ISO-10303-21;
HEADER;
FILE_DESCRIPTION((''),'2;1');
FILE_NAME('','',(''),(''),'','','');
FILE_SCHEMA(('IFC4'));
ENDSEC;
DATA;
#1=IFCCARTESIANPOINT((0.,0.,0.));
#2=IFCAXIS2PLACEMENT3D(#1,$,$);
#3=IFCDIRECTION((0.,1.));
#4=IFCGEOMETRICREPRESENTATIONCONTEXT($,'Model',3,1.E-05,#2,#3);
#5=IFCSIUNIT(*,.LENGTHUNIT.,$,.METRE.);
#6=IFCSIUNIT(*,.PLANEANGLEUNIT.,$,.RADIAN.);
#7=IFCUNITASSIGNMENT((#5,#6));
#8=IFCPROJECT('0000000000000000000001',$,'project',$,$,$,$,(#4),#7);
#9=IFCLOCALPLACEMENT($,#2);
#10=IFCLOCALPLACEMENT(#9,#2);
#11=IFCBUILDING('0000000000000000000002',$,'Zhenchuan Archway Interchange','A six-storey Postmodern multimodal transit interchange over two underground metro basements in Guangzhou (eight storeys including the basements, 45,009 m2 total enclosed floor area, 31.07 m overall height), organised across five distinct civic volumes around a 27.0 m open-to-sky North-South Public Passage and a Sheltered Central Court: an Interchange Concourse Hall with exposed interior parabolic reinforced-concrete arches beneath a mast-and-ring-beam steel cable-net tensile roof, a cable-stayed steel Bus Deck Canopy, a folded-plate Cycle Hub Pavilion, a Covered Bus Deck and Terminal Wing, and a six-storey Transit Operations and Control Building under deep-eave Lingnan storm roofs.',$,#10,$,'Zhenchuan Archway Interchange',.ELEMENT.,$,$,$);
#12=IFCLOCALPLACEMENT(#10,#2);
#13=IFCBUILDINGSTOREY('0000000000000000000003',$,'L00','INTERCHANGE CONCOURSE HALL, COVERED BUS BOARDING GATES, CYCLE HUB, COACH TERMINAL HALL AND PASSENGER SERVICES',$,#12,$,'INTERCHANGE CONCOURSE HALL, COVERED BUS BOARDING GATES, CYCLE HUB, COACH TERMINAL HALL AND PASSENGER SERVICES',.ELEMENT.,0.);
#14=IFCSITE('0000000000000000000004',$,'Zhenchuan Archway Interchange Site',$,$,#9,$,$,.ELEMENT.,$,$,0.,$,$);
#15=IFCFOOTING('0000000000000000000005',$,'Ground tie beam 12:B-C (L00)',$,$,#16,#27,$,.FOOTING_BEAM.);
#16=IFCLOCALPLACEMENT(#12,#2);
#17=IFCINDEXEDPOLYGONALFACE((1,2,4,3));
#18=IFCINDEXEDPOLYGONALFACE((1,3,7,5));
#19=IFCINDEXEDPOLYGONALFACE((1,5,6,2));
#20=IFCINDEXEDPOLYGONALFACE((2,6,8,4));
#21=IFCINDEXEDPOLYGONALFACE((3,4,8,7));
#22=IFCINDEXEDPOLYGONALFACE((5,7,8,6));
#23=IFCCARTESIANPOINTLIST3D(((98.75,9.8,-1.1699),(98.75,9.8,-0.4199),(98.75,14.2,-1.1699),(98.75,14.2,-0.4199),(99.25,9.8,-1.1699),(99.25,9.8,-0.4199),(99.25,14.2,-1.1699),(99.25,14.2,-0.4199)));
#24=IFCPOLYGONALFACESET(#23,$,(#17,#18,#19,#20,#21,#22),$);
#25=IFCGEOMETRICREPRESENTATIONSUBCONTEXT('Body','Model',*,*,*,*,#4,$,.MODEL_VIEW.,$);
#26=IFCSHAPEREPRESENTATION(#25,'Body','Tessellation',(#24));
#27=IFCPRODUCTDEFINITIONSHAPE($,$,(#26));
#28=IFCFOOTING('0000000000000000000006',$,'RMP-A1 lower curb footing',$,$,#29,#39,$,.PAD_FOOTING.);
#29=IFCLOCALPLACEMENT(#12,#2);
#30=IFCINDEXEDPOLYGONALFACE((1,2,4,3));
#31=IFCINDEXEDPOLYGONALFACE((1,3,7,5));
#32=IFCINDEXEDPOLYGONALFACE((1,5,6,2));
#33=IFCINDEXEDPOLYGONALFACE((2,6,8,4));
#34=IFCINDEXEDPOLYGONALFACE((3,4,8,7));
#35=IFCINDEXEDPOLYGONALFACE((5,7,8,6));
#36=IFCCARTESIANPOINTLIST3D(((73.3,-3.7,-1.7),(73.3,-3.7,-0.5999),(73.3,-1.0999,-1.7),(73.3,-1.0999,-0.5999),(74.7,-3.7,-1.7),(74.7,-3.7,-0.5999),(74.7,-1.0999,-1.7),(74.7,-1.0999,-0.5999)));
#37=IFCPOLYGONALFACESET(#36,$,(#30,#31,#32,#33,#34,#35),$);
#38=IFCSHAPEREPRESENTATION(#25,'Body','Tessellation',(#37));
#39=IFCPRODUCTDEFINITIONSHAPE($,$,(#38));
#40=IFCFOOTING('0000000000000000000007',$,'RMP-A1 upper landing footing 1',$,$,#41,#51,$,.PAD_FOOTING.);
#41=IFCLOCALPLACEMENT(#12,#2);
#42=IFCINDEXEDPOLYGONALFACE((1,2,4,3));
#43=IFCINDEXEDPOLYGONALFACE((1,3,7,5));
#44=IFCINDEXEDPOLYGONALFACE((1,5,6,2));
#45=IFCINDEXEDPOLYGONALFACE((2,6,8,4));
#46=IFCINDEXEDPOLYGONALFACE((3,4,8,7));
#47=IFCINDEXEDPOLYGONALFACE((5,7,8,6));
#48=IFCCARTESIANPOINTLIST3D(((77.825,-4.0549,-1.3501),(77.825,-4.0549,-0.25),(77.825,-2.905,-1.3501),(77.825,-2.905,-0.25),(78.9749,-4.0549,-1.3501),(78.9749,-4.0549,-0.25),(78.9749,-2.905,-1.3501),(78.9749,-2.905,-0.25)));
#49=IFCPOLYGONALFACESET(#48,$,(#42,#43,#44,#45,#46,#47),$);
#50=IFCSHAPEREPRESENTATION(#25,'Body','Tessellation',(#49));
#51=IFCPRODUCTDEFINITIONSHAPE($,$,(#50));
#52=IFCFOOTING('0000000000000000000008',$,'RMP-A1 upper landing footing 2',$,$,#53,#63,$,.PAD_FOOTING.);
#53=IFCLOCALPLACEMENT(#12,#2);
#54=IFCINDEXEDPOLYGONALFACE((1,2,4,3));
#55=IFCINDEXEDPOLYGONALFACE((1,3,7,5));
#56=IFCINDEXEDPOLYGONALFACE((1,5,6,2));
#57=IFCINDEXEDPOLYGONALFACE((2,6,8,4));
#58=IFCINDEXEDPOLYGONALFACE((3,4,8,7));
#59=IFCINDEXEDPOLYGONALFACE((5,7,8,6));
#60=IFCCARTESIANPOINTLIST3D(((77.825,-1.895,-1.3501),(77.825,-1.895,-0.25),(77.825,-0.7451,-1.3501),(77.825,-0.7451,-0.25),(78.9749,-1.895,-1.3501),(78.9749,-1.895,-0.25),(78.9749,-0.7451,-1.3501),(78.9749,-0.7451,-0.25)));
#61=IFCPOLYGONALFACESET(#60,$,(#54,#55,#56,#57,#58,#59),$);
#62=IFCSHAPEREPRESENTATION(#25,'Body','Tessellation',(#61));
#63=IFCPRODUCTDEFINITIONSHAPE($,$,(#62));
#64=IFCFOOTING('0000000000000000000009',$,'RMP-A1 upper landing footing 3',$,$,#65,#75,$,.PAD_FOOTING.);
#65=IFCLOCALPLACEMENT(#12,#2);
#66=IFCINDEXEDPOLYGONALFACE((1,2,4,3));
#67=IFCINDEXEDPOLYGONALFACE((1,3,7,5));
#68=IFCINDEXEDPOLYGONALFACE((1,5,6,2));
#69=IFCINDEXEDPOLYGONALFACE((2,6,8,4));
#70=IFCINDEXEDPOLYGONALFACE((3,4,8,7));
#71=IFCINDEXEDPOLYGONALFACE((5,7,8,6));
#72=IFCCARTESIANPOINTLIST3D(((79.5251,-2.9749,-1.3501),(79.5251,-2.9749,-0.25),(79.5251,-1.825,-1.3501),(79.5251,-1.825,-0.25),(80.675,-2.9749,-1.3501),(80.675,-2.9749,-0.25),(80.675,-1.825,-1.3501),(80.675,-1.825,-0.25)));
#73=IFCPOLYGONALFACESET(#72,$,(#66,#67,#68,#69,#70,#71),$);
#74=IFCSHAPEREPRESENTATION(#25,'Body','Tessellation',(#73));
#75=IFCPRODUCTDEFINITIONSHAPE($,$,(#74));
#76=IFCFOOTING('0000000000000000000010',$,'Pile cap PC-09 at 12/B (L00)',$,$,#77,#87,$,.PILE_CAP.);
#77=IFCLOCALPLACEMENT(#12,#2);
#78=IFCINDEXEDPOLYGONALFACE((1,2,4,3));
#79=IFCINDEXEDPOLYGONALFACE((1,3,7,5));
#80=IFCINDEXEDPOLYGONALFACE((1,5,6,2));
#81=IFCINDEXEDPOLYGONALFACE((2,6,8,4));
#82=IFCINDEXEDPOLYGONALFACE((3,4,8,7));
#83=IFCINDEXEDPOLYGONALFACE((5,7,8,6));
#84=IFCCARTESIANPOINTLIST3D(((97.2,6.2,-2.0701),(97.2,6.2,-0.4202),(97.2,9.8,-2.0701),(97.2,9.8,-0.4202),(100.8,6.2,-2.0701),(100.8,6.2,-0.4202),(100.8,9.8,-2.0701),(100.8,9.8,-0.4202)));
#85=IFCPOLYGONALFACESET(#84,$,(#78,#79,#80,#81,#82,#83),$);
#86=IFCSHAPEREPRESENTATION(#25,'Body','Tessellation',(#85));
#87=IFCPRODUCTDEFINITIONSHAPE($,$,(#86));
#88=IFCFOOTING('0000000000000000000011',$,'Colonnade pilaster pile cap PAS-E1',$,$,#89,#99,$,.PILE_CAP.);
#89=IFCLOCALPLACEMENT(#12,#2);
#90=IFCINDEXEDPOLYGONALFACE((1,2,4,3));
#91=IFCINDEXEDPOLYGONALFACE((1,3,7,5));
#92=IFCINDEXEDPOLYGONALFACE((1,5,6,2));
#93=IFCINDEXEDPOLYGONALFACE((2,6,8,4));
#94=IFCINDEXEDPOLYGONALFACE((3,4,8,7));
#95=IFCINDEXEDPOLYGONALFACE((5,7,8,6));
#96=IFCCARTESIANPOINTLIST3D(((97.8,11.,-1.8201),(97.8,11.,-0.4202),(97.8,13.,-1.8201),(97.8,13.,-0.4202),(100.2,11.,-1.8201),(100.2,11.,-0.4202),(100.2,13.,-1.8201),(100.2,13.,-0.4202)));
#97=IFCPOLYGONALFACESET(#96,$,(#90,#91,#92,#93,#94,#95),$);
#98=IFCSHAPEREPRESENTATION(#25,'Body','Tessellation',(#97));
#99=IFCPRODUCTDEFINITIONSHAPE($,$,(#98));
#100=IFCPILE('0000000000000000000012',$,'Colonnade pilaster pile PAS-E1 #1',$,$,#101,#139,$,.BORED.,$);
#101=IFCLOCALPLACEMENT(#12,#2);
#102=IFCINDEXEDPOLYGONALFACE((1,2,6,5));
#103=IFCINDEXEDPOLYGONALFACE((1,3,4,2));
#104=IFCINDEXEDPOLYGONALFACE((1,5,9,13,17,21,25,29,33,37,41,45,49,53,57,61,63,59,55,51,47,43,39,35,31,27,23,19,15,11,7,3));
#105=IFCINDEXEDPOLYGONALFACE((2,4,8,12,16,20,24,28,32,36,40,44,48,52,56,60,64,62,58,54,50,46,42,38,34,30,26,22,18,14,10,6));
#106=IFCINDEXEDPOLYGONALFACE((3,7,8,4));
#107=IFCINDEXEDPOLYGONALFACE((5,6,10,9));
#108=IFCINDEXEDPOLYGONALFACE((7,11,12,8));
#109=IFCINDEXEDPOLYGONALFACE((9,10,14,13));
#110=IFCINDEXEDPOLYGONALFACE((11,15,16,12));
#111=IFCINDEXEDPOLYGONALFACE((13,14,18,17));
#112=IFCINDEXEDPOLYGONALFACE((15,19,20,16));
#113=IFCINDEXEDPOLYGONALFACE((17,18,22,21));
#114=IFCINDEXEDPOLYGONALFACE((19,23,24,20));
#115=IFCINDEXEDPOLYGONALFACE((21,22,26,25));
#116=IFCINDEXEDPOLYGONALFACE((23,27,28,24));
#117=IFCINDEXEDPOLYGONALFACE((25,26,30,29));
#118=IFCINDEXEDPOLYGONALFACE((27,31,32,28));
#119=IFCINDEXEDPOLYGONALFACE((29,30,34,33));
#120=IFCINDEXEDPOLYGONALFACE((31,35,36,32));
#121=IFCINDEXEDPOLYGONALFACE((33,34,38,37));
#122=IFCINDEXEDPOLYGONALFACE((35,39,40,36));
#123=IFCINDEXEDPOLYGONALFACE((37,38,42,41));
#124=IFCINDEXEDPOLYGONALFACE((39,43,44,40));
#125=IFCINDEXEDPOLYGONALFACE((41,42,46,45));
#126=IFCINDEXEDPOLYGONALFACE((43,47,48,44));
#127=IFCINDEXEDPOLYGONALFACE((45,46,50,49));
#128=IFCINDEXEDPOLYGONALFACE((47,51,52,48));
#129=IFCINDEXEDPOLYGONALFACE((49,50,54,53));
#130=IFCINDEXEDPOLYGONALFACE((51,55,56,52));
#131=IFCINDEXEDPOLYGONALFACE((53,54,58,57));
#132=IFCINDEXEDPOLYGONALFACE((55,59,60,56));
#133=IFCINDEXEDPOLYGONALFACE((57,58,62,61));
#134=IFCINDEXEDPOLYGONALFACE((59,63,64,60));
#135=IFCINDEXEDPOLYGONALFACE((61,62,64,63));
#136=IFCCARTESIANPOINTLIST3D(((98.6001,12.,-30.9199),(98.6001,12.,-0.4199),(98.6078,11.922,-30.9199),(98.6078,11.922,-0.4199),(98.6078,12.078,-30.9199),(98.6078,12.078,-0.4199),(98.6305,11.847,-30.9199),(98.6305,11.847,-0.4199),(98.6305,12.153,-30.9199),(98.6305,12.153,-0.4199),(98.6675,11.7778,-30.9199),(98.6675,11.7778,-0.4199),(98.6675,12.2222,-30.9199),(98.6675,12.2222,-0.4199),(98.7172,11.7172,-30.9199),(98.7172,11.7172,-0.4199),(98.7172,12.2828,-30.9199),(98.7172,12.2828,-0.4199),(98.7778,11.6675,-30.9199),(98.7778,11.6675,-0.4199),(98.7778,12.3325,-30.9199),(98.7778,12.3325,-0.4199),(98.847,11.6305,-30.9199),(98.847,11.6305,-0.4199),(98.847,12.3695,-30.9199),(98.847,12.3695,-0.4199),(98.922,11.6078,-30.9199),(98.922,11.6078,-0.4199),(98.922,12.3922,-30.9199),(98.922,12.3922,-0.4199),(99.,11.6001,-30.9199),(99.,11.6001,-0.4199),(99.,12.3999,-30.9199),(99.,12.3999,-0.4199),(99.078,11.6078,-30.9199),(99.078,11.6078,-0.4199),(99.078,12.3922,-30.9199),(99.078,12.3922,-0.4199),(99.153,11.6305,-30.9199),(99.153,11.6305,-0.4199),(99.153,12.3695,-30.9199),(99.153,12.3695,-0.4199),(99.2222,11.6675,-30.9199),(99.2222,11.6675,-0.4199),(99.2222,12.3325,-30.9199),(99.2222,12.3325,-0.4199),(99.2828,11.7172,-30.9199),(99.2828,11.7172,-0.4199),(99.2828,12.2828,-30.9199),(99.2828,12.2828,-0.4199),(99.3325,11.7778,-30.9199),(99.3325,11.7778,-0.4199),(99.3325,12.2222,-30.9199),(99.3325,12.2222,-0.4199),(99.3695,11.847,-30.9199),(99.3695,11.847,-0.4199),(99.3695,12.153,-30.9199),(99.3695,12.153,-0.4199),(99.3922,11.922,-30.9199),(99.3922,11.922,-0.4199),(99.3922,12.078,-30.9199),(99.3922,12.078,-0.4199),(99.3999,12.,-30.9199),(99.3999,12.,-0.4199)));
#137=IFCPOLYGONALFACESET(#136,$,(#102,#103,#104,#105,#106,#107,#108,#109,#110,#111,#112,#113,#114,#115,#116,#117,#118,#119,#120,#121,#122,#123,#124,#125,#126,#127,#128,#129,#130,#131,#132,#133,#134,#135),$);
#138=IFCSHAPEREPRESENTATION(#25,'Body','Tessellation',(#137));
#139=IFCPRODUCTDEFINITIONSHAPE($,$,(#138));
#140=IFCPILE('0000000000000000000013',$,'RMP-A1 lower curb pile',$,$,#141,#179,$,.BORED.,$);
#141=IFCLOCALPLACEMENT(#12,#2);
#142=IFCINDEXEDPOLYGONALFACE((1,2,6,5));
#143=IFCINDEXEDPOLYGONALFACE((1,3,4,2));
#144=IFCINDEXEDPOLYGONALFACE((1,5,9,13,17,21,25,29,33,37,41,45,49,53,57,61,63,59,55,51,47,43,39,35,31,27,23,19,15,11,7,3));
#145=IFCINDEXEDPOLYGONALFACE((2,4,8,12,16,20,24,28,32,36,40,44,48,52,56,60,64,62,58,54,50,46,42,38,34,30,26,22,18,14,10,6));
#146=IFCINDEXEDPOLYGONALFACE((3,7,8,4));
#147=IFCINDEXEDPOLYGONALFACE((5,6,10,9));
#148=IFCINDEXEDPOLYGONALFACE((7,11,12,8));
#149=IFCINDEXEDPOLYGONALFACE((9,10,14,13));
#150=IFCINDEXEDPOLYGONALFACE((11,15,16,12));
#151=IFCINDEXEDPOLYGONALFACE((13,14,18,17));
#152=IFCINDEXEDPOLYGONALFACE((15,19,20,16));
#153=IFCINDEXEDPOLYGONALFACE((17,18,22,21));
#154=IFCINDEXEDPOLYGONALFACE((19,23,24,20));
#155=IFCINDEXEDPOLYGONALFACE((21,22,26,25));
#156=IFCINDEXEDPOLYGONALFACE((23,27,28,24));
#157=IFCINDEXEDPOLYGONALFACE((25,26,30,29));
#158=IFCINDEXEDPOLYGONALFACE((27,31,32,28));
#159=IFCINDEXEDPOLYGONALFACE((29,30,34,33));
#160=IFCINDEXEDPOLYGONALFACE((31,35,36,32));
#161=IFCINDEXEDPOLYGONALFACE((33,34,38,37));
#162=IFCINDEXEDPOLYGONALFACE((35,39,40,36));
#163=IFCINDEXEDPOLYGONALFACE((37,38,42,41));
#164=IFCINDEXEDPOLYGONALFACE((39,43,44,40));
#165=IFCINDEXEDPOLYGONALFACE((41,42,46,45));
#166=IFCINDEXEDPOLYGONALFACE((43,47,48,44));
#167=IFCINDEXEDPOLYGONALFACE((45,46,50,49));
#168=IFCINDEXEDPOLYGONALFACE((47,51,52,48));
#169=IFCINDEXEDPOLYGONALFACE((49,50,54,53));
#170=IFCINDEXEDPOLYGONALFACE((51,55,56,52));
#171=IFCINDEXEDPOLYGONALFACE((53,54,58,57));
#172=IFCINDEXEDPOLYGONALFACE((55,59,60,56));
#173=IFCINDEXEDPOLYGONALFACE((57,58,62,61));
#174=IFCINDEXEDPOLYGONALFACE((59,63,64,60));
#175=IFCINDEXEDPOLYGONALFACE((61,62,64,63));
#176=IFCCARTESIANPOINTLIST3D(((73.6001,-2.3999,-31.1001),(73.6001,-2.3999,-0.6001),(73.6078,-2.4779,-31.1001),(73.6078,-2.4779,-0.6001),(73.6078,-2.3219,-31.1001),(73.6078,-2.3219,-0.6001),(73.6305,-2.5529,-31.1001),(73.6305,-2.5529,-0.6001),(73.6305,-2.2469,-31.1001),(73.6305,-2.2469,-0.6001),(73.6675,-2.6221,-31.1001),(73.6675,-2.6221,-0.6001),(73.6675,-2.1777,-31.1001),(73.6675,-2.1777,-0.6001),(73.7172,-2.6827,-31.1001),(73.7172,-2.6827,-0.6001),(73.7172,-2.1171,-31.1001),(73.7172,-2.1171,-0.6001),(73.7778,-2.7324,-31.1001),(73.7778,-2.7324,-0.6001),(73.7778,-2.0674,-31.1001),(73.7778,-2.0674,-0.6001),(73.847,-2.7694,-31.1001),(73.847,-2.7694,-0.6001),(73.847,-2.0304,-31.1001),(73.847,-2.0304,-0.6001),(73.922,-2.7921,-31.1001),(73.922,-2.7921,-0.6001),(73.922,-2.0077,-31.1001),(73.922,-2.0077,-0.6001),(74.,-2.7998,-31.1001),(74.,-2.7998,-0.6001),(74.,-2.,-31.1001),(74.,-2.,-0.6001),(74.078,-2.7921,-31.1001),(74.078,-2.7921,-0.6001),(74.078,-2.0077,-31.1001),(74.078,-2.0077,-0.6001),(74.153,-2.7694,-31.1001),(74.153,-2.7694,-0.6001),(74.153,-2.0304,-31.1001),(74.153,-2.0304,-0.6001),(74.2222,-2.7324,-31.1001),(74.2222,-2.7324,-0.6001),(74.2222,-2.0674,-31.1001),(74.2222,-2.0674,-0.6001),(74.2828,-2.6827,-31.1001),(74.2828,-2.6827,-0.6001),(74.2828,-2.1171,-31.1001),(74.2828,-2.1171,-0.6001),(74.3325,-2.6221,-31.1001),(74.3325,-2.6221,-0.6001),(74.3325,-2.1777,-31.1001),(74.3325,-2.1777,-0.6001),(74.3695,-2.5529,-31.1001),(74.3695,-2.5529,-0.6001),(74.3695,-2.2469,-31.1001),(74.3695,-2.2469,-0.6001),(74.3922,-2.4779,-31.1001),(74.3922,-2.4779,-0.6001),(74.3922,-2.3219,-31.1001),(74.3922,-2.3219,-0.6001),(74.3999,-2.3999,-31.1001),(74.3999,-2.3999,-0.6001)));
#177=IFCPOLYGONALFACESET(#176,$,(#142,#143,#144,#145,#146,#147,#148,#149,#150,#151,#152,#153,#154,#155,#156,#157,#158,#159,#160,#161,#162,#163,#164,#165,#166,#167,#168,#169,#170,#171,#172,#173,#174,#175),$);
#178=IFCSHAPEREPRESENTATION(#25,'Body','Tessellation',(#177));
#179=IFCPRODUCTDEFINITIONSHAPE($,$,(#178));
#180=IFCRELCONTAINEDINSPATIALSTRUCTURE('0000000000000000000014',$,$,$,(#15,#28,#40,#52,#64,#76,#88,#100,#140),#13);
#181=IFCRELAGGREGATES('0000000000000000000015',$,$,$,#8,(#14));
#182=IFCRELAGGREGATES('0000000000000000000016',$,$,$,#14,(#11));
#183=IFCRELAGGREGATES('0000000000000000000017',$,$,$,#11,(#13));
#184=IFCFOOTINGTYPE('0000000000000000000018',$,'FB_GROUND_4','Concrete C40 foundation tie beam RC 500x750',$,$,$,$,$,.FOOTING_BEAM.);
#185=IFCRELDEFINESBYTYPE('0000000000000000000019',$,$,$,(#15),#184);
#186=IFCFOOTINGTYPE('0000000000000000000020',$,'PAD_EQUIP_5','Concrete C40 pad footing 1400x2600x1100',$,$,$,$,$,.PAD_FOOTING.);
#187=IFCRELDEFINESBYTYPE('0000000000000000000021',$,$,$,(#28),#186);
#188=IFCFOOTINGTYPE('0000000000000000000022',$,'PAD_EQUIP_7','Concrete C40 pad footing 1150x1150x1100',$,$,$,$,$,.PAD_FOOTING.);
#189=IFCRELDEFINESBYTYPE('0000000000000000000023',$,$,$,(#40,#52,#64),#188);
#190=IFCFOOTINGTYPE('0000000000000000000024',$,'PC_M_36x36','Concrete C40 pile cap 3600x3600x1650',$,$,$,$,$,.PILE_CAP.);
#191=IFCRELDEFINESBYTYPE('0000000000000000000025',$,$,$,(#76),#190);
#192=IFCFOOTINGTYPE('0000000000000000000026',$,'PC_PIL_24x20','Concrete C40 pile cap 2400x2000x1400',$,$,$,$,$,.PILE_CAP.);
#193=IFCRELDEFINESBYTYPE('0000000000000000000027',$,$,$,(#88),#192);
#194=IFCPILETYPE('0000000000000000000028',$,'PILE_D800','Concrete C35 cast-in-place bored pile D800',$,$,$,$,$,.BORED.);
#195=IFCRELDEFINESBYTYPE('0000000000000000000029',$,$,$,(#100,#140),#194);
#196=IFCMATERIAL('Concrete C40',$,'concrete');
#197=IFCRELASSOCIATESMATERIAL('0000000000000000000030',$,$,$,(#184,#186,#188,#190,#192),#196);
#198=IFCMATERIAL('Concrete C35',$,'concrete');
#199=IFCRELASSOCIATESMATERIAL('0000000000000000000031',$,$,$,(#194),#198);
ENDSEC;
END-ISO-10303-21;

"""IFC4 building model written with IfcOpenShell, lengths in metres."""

from ifc_helpers import new_model, si_unit, direction, frame, origin, origin_2d, place, context, subcontext, project, spatial, rectangle, circle, extrude, material, material_profile, profile_set, type_object, element, save


model = new_model("IFC4")

# Units and contexts
model_context = context("Model", 3, precision=1e-05, world=origin(), true_north=direction((0.0, 1.0)))
body_context = subcontext(model_context, "Body", "Model", "MODEL_VIEW")
ifc_project = project(units=[si_unit("LENGTHUNIT", "METRE"), si_unit("PLANEANGLEUNIT", "RADIAN")], contexts=[model_context])

# Site, building, storey
site_placement = place(None, origin())
site = spatial("IfcSite", under=ifc_project, at=site_placement, Name="Zhenchuan Archway Interchange Site", CompositionType="ELEMENT", RefElevation=0.0)
building_placement = place(site_placement, origin())
building = spatial("IfcBuilding", under=site, at=building_placement, Name="Zhenchuan Archway Interchange", Description="A six-storey Postmodern multimodal transit interchange over two underground metro basements in Guangzhou (eight storeys including the basements, 45,009 m2 total enclosed floor area, 31.07 m overall height), organised across five distinct civic volumes around a 27.0 m open-to-sky North-South Public Passage and a Sheltered Central Court: an Interchange Concourse Hall with exposed interior parabolic reinforced-concrete arches beneath a mast-and-ring-beam steel cable-net tensile roof, a cable-stayed steel Bus Deck Canopy, a folded-plate Cycle Hub Pavilion, a Covered Bus Deck and Terminal Wing, and a six-storey Transit Operations and Control Building under deep-eave Lingnan storm roofs.", LongName="Zhenchuan Archway Interchange", CompositionType="ELEMENT")
storey_placement = place(building_placement, origin())
storey = spatial("IfcBuildingStorey", under=building, at=storey_placement, Name="L00", Description="INTERCHANGE CONCOURSE HALL, COVERED BUS BOARDING GATES, CYCLE HUB, COACH TERMINAL HALL AND PASSENGER SERVICES", LongName="INTERCHANGE CONCOURSE HALL, COVERED BUS BOARDING GATES, CYCLE HUB, COACH TERMINAL HALL AND PASSENGER SERVICES", CompositionType="ELEMENT", Elevation=0.0)

# Footings
ifc_material_1 = material(Name="Concrete C40", Category="concrete")
ifc_material_profile_1 = material_profile(ifc_material_1, rectangle(XDim=0.5, YDim=0.75, at=origin_2d()), Name="RC 500x750")
ifc_profile_set_1 = profile_set([ifc_material_profile_1], Name="Concrete C40")
footing_type_1 = type_object("IfcFootingType", Name="FB_GROUND_4", Description="Concrete C40 foundation tie beam RC 500x750", PredefinedType="FOOTING_BEAM", material=ifc_profile_set_1)
footing_1_placement = place(storey_placement, frame((99.0, 9.8, -0.7949), z_axis=(0.0, 1.0, 0.0), x_axis=(-1.0, 0.0, 0.0)))
element("IfcFooting", 1, at=footing_1_placement, inside=storey, type_object=footing_type_1, Name="Ground tie beam 12:B-C (L00)", PredefinedType="FOOTING_BEAM", context=body_context, shape_type="SweptSolid", body=[
    extrude(rectangle(XDim=0.5, YDim=0.75, at=origin_2d()), origin(), (0.0, 0.0, 1.0), 4.3999),
])
footing_type_2 = type_object("IfcFootingType", Name="PAD_EQUIP_5", Description="Concrete C40 pad footing 1400x2600x1100", PredefinedType="PAD_FOOTING", material=ifc_material_1)
footing_2_placement = place(storey_placement, frame((74.0, -2.3999, -1.7), z_axis=(0.0, 0.0, 1.0), x_axis=(1.0, 0.0, 0.0)))
element("IfcFooting", 2, at=footing_2_placement, inside=storey, type_object=footing_type_2, Name="RMP-A1 lower curb footing", PredefinedType="PAD_FOOTING", context=body_context, shape_type="SweptSolid", body=[
    extrude(rectangle(XDim=1.3999, YDim=2.6001, at=origin_2d()), origin(), (0.0, 0.0, 1.0), 1.1001),
])
footing_type_3 = type_object("IfcFootingType", Name="PAD_EQUIP_7", Description="Concrete C40 pad footing 1150x1150x1100", PredefinedType="PAD_FOOTING", material=ifc_material_1)
for number, where, z_axis, x_axis, name in (
    (3, (78.3999, -3.48, -1.3501), (0.0, 0.0, 1.0), (1.0, 0.0, 0.0), "RMP-A1 upper landing footing 1"),
    (4, (78.3999, -1.3201, -1.3501), (0.0, 0.0, 1.0), (1.0, 0.0, 0.0), "RMP-A1 upper landing footing 2"),
    (5, (80.1001, -2.3999, -1.3501), (0.0, 0.0, 1.0), (1.0, 0.0, 0.0), "RMP-A1 upper landing footing 3"),
):
    element("IfcFooting", number, at=place(storey_placement, frame(where, z_axis=z_axis, x_axis=x_axis)), inside=storey, type_object=footing_type_3, Name=name, PredefinedType="PAD_FOOTING", context=body_context, shape_type="SweptSolid", body=[
        extrude(rectangle(XDim=1.1499, YDim=1.1499, at=origin_2d()), origin(), (0.0, 0.0, 1.0), 1.1001),
    ])
footing_type_4 = type_object("IfcFootingType", Name="PC_M_36x36", Description="Concrete C40 pile cap 3600x3600x1650", PredefinedType="PILE_CAP", material=ifc_material_1)
footing_3_placement = place(storey_placement, frame((99.0, 8.0, -2.0701), z_axis=(0.0, 0.0, 1.0), x_axis=(1.0, 0.0, 0.0)))
element("IfcFooting", 6, at=footing_3_placement, inside=storey, type_object=footing_type_4, Name="Pile cap PC-09 at 12/B (L00)", PredefinedType="PILE_CAP", context=body_context, shape_type="SweptSolid", body=[
    extrude(rectangle(XDim=3.6001, YDim=3.6001, at=origin_2d()), origin(), (0.0, 0.0, 1.0), 1.6499),
])
footing_type_5 = type_object("IfcFootingType", Name="PC_PIL_24x20", Description="Concrete C40 pile cap 2400x2000x1400", PredefinedType="PILE_CAP", material=ifc_material_1)
footing_4_placement = place(storey_placement, frame((99.0, 12.0, -1.8201), z_axis=(0.0, 0.0, 1.0), x_axis=(1.0, 0.0, 0.0)))
element("IfcFooting", 7, at=footing_4_placement, inside=storey, type_object=footing_type_5, Name="Colonnade pilaster pile cap PAS-E1", PredefinedType="PILE_CAP", context=body_context, shape_type="SweptSolid", body=[
    extrude(rectangle(XDim=2.3999, YDim=2.0, at=origin_2d()), origin(), (0.0, 0.0, 1.0), 1.3999),
])

# Piles
ifc_material_2 = material(Name="Concrete C35", Category="concrete")
ifc_material_profile_2 = material_profile(ifc_material_2, circle(Radius=0.3999, at=origin_2d()), Name="BORED PILE 800")
ifc_profile_set_2 = profile_set([ifc_material_profile_2], Name="Concrete C35")
pile_type_1 = type_object("IfcPileType", Name="PILE_D800", Description="Concrete C35 cast-in-place bored pile D800", PredefinedType="BORED", material=ifc_profile_set_2)
for number, where, z_axis, x_axis, name in (
    (8, (99.0, 12.0, -0.4199), (0.0, 0.0, -1.0), (1.0, 0.0, 0.0), "Colonnade pilaster pile PAS-E1 #1"),
    (9, (74.0, -2.3999, -0.6001), (0.0, 0.0, -1.0), (1.0, 0.0, 0.0), "RMP-A1 lower curb pile"),
):
    element("IfcPile", number, at=place(storey_placement, frame(where, z_axis=z_axis, x_axis=x_axis)), inside=storey, type_object=pile_type_1, Name=name, PredefinedType="BORED", context=body_context, shape_type="SweptSolid", body=[
        extrude(circle(Radius=0.3999, at=origin_2d()), origin(), (0.0, 0.0, 1.0), 30.5),
    ])

save(model, "model.ifc")
